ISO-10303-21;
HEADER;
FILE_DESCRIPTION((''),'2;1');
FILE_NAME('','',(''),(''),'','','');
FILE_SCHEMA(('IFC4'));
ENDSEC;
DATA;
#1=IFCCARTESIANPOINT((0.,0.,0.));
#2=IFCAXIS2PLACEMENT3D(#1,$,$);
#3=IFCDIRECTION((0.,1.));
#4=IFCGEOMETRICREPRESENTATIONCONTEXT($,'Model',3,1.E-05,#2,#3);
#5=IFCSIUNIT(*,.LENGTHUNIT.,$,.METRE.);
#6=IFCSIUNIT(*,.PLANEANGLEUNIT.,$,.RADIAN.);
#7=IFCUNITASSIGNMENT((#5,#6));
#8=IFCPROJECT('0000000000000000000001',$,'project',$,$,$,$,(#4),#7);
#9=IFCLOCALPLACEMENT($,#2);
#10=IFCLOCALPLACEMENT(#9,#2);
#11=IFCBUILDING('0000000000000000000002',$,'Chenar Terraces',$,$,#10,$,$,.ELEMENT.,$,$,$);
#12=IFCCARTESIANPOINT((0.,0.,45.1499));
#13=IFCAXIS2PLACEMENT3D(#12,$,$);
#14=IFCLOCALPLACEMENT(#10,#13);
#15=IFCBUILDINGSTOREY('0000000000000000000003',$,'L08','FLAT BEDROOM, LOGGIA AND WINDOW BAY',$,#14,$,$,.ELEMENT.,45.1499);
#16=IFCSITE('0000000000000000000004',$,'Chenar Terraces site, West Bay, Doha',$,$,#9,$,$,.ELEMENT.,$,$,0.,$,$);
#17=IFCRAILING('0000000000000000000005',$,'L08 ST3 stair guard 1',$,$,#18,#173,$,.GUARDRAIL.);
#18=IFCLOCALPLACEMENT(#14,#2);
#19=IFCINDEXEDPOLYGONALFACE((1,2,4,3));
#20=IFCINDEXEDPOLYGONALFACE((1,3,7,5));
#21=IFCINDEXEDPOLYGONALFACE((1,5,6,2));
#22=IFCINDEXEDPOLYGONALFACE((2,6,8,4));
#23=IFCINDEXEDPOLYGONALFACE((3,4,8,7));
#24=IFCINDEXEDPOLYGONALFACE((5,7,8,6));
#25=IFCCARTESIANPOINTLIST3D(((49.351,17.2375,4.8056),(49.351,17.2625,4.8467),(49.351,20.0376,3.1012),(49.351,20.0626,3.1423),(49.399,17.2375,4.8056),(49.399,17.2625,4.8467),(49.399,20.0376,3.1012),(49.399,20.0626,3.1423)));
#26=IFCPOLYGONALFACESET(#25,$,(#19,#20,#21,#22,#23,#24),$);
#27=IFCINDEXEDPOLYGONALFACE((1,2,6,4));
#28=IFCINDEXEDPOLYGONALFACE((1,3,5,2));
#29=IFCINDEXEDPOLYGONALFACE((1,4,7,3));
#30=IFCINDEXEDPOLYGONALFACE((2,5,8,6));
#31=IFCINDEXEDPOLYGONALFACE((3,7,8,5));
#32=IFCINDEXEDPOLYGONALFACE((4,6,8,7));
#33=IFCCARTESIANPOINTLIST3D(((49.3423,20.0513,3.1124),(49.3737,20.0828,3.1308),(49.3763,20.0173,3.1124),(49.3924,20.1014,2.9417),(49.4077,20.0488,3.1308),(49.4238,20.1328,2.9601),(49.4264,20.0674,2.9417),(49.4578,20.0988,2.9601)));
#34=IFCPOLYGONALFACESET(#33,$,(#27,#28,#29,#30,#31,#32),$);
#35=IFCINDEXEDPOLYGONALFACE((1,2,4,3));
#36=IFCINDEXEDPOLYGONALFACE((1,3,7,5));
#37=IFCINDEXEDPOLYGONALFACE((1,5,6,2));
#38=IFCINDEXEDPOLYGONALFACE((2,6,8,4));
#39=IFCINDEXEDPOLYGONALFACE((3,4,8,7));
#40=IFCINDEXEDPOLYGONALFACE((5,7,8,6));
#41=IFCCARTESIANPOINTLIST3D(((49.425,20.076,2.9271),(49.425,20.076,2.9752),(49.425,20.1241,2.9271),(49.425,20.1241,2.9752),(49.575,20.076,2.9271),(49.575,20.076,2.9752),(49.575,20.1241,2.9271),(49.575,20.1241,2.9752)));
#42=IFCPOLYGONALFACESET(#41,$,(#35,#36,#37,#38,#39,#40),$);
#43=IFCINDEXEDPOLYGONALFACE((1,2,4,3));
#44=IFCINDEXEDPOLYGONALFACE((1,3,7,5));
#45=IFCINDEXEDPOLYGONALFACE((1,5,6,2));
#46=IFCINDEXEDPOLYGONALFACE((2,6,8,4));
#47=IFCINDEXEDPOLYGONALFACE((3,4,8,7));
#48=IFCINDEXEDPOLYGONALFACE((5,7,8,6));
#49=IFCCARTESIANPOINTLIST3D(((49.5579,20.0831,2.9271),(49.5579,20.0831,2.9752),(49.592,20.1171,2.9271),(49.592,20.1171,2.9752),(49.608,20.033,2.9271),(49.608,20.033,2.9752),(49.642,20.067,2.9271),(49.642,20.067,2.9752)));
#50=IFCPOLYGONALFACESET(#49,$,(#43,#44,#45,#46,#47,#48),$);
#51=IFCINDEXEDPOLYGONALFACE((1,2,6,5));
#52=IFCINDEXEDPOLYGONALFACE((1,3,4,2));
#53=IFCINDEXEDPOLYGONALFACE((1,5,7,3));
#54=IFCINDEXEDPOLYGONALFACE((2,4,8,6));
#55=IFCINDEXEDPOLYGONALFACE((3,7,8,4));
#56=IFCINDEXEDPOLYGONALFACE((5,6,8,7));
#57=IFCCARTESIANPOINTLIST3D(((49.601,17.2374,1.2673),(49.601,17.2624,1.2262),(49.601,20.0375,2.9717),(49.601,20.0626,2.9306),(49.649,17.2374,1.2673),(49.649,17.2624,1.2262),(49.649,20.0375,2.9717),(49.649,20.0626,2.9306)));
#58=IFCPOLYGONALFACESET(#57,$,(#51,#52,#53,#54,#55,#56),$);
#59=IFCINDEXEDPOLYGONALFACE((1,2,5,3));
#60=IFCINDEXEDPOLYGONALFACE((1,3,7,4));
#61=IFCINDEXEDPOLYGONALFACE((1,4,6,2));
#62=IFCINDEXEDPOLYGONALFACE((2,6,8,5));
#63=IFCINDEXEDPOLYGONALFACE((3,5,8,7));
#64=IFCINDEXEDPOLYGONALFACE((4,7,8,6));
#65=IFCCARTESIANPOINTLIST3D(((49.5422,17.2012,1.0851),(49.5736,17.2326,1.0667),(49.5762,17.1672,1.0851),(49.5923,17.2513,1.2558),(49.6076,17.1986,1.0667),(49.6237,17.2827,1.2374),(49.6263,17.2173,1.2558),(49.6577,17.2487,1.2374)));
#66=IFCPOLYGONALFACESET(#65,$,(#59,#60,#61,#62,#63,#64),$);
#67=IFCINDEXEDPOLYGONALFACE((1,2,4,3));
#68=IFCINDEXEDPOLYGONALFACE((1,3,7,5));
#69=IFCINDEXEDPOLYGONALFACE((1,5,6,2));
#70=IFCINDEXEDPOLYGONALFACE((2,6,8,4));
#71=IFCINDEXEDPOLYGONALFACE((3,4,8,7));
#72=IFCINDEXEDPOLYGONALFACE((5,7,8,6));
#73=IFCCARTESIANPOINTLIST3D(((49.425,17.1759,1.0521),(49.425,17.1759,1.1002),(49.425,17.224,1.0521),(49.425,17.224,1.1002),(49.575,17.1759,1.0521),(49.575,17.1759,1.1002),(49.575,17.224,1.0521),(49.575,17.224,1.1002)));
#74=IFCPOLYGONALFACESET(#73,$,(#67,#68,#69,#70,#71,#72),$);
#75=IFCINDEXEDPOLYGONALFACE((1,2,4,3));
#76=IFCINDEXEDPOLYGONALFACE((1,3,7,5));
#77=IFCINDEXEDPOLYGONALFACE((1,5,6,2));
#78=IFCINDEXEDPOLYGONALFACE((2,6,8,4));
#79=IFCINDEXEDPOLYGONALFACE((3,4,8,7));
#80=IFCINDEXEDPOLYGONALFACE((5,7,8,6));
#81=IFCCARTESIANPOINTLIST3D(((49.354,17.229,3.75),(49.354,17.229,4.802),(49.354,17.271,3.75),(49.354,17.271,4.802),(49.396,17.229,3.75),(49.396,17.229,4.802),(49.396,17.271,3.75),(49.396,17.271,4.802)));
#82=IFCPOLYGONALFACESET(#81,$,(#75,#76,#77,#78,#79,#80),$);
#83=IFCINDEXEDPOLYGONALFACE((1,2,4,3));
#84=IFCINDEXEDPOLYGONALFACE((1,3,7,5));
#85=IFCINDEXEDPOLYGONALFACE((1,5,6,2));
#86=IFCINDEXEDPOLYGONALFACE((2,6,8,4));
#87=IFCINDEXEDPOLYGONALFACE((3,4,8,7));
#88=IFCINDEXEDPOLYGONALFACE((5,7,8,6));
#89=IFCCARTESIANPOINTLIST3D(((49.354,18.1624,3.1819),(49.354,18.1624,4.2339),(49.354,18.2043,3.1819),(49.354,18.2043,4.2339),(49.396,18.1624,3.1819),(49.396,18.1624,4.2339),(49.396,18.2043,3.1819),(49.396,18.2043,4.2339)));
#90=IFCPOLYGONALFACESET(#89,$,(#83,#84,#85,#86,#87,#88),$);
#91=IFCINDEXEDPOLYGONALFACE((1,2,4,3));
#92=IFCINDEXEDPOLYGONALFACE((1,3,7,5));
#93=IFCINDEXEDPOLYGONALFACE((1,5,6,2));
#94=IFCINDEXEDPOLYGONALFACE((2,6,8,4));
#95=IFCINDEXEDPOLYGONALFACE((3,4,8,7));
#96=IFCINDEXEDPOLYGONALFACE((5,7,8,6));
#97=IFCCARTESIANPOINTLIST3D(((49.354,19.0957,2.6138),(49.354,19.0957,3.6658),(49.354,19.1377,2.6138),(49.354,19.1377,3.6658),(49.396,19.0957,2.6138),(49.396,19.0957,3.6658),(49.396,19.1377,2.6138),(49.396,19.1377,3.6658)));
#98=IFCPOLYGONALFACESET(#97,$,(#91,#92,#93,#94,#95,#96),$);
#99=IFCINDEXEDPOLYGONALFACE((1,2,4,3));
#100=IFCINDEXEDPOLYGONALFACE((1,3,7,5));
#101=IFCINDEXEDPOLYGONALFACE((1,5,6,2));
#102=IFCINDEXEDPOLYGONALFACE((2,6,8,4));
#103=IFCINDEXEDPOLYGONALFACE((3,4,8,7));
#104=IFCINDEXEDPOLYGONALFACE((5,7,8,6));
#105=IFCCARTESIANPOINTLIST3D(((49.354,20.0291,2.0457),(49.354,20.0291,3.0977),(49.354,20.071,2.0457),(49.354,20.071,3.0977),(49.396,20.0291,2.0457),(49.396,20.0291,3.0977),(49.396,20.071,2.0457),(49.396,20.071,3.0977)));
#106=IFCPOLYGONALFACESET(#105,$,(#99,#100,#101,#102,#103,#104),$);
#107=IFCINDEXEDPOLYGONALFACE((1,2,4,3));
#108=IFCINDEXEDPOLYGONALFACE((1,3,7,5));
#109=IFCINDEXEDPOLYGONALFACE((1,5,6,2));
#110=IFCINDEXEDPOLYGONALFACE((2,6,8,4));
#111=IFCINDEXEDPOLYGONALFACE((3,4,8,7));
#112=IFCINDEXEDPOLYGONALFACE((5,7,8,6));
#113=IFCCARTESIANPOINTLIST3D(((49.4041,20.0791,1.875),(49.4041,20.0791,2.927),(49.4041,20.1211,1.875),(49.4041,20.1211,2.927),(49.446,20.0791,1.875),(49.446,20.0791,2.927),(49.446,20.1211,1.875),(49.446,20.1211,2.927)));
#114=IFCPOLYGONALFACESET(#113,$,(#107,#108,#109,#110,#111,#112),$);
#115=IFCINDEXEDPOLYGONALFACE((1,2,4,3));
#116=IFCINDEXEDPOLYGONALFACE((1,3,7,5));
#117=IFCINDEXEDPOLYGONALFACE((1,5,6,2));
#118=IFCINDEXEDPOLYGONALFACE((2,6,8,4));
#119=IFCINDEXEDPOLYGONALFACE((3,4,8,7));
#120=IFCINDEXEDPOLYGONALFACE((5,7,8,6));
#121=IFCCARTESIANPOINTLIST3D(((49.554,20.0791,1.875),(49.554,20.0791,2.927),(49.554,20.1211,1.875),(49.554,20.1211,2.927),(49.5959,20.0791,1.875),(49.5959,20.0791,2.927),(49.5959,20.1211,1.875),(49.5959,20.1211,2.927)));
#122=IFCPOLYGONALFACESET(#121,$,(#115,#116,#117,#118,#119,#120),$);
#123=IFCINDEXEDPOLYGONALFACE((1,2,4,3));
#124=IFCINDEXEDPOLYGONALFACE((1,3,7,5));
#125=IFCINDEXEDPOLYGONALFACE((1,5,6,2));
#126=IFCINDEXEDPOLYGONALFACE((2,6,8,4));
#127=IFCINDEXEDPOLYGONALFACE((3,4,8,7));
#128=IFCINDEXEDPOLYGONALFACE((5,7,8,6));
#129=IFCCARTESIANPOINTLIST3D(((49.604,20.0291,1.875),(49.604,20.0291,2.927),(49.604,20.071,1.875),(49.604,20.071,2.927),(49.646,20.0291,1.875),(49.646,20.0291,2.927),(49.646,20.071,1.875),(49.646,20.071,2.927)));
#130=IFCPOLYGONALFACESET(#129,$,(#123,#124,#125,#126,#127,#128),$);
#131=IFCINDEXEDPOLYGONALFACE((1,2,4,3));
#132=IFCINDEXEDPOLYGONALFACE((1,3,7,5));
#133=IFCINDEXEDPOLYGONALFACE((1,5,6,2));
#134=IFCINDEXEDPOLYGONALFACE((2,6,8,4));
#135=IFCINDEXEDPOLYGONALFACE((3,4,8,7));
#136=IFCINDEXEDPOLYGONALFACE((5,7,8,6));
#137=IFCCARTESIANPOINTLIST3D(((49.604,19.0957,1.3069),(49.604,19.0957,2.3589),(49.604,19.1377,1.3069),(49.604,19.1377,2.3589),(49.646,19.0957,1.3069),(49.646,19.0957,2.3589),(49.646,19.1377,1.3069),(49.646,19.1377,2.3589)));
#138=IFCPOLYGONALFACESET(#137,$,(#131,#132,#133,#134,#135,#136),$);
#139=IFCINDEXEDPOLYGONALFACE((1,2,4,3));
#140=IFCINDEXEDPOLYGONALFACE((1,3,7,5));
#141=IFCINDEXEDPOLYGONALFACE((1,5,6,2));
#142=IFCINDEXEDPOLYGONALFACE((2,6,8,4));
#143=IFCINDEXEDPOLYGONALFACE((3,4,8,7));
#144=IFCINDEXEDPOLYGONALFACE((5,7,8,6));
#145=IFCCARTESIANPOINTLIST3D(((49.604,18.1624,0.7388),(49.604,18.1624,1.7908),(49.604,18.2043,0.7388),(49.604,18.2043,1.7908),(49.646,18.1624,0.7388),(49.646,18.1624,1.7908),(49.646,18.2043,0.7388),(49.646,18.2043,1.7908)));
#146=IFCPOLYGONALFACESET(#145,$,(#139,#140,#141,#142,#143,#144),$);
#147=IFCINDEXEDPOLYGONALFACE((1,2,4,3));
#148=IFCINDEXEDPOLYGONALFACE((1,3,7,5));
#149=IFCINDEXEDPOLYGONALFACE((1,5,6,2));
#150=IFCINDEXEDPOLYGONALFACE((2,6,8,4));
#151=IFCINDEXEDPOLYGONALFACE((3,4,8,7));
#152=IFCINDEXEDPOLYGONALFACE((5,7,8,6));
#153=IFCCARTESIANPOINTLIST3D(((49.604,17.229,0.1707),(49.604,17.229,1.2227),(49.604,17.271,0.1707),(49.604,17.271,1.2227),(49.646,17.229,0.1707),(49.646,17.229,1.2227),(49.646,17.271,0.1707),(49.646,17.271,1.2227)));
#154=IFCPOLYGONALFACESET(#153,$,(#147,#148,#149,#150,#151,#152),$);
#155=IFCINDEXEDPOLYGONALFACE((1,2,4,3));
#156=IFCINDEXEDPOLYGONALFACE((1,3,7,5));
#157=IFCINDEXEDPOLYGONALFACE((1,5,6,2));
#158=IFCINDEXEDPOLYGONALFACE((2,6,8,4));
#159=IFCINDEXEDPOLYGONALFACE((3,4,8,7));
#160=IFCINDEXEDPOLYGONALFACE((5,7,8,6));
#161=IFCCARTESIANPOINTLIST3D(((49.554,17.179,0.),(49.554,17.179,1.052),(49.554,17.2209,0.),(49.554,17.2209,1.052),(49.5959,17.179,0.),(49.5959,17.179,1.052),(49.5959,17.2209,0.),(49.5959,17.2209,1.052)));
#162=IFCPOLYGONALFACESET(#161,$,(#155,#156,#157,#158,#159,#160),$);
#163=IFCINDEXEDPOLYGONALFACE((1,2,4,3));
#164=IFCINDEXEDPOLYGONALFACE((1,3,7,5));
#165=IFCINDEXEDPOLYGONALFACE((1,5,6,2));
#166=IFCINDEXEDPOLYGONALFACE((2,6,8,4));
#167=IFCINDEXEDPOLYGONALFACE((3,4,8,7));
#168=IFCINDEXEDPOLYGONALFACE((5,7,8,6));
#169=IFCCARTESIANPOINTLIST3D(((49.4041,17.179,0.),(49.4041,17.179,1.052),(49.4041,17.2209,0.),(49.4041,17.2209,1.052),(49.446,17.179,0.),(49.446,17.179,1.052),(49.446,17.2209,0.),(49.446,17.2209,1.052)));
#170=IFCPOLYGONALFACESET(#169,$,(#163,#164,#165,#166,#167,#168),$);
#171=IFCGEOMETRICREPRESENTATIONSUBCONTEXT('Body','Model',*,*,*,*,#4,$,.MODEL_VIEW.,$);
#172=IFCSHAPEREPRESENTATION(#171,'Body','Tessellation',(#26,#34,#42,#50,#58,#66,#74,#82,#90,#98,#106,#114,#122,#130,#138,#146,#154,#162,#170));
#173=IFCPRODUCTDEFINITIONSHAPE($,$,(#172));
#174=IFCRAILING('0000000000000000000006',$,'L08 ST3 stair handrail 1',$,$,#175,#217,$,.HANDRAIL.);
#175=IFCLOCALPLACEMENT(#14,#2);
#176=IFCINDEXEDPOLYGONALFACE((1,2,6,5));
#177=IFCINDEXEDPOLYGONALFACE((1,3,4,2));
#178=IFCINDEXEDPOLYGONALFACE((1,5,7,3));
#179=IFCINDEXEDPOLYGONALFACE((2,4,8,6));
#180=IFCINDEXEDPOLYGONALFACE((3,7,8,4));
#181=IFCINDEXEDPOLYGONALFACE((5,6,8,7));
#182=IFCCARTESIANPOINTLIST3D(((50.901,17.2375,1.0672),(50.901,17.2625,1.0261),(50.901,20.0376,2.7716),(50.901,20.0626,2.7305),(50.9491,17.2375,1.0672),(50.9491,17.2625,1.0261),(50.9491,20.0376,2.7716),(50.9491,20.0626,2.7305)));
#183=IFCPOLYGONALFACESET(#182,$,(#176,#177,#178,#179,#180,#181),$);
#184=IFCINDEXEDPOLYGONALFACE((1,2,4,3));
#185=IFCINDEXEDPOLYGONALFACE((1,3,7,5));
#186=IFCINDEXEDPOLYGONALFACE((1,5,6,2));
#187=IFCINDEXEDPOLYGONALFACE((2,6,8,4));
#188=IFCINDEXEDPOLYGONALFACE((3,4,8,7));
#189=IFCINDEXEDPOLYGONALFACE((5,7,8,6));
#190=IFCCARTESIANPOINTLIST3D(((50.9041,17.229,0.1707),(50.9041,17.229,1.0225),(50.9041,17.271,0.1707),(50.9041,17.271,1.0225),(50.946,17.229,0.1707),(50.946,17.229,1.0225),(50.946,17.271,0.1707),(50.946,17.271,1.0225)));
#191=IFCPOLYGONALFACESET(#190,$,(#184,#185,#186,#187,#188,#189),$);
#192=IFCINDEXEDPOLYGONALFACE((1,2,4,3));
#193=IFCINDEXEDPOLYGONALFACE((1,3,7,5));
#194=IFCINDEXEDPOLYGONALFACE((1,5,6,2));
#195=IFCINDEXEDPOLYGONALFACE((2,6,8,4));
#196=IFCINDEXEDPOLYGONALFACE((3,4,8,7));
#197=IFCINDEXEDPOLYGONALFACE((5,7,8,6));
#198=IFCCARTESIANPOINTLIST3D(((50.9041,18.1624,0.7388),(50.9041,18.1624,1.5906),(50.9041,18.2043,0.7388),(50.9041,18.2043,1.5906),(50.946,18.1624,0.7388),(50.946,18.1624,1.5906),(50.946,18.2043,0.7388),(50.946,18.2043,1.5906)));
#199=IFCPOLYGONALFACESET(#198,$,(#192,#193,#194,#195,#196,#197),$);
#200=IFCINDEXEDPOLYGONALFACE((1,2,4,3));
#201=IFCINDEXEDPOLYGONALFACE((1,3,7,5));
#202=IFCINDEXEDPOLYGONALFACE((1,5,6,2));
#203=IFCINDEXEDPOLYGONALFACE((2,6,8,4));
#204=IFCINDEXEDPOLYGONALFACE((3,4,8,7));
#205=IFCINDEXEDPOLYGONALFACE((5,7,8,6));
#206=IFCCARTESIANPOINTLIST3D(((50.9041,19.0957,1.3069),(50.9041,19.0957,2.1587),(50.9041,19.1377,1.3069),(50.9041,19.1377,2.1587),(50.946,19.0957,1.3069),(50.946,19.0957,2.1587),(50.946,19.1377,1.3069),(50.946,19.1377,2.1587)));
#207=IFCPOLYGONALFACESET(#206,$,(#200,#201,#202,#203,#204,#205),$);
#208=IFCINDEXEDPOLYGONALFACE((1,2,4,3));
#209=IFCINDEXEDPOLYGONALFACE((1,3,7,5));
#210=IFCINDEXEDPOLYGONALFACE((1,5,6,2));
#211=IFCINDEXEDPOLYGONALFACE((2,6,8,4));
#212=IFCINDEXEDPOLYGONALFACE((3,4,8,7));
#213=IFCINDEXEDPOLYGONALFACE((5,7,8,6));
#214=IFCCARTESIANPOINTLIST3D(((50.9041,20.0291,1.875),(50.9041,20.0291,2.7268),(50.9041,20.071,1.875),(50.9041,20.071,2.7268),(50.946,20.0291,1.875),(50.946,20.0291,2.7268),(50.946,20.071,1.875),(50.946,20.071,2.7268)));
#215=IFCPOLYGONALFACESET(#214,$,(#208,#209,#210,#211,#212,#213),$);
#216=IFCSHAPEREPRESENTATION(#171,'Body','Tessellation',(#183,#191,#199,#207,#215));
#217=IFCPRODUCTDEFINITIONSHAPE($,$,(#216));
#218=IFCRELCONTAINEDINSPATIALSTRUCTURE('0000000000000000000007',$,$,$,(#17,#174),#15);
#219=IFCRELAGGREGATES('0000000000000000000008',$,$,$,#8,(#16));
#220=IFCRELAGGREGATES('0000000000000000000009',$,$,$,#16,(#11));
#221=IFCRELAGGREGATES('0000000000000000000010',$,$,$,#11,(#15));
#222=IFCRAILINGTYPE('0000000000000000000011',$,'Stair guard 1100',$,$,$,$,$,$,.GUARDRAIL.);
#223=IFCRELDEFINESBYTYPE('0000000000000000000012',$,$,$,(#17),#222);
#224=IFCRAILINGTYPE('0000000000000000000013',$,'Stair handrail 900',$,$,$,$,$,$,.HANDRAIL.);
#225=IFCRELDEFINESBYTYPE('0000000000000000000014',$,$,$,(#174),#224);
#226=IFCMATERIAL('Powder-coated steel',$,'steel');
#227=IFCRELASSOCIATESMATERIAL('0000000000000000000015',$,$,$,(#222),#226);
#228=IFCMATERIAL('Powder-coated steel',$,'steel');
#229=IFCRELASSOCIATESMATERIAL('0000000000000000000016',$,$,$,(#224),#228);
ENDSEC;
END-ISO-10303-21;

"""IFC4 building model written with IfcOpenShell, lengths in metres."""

from ifc_helpers import new_model, si_unit, direction, frame, origin, origin_2d, place, context, subcontext, project, spatial, rectangle, extrude, material, type_object, element, save


model = new_model("IFC4")

# Units and contexts
model_context = context("Model", 3, precision=1e-05, world=origin(), true_north=direction((0.0, 1.0)))
body_context = subcontext(model_context, "Body", "Model", "MODEL_VIEW")
ifc_project = project(units=[si_unit("LENGTHUNIT", "METRE"), si_unit("PLANEANGLEUNIT", "RADIAN")], contexts=[model_context])

# Site, building, storey
site_placement = place(None, origin())
site = spatial("IfcSite", under=ifc_project, at=site_placement, Name="Chenar Terraces site, West Bay, Doha", CompositionType="ELEMENT", RefElevation=0.0)
building_placement = place(site_placement, origin())
building = spatial("IfcBuilding", under=site, at=building_placement, Name="Chenar Terraces", CompositionType="ELEMENT")
storey_placement = place(building_placement, frame((0.0, 0.0, 45.1499)))
storey = spatial("IfcBuildingStorey", under=building, at=storey_placement, Name="L08", Description="FLAT BEDROOM, LOGGIA AND WINDOW BAY", CompositionType="ELEMENT", Elevation=45.1499)

# Railings
ifc_material_1 = material(Name="Powder-coated steel", Category="steel")
railing_type_1 = type_object("IfcRailingType", Name="Stair guard 1100", PredefinedType="GUARDRAIL", material=ifc_material_1)
railing_1_placement = place(storey_placement, frame((49.375, 17.25, 3.75)))
element("IfcRailing", 1, at=railing_1_placement, inside=storey, type_object=railing_type_1, Name="L08 ST3 stair guard 1", PredefinedType="GUARDRAIL", context=body_context, shape_type="SweptSolid", body=[
    extrude(rectangle(XDim=0.0481, YDim=0.0481, at=origin_2d()), frame((0.0, 0.0, 1.0762), z_axis=(0.0, 0.854203, -0.51994), x_axis=(-1.0, 0.0, 0.0)), (0.0, 0.0, 1.0), 3.2781),
    extrude(rectangle(XDim=0.0481, YDim=0.0481, at=origin_2d()), frame((0.0, 2.8, -0.6284), z_axis=(0.2709, 0.2709, -0.923703), x_axis=(-0.707107, 0.707107, 0.0)), (0.0, 0.0, 1.0), 0.1848),
    extrude(rectangle(XDim=0.0481, YDim=0.0481, at=origin_2d()), frame((0.05, 2.8501, -0.7988), z_axis=(1.0, 0.0, 0.0), x_axis=(0.0, 1.0, 0.0)), (0.0, 0.0, 1.0), 0.1499),
    extrude(rectangle(XDim=0.0481, YDim=0.0481, at=origin_2d()), frame((0.2, 2.8501, -0.7988), z_axis=(0.707107, -0.707107, 0.0), x_axis=(0.707107, 0.707107, 0.0)), (0.0, 0.0, 1.0), 0.0708),
    extrude(rectangle(XDim=0.0481, YDim=0.0481, at=origin_2d()), frame((0.25, 2.8, -0.7988), z_axis=(0.0, -0.854203, -0.51994), x_axis=(1.0, 0.0, 0.0)), (0.0, 0.0, 1.0), 3.2781),
    extrude(rectangle(XDim=0.0481, YDim=0.0481, at=origin_2d()), frame((0.25, 0.0, -2.5034), z_axis=(-0.2709, -0.2709, -0.923703), x_axis=(0.707107, -0.707107, 0.0)), (0.0, 0.0, 1.0), 0.1848),
    extrude(rectangle(XDim=0.0481, YDim=0.0481, at=origin_2d()), frame((0.2, -0.05, -2.6738), z_axis=(-1.0, 0.0, 0.0), x_axis=(0.0, -1.0, 0.0)), (0.0, 0.0, 1.0), 0.1499),
    extrude(rectangle(XDim=0.042, YDim=0.042, at=origin_2d()), origin(), (0.0, 0.0, 1.0), 1.052),
    extrude(rectangle(XDim=0.042, YDim=0.042, at=origin_2d()), frame((0.0, 0.9333, -0.5681)), (0.0, 0.0, 1.0), 1.052),
    extrude(rectangle(XDim=0.042, YDim=0.042, at=origin_2d()), frame((0.0, 1.8667, -1.1362)), (0.0, 0.0, 1.0), 1.052),
    extrude(rectangle(XDim=0.042, YDim=0.042, at=origin_2d()), frame((0.0, 2.8, -1.7043)), (0.0, 0.0, 1.0), 1.052),
    extrude(rectangle(XDim=0.042, YDim=0.042, at=origin_2d()), frame((0.05, 2.8501, -1.875)), (0.0, 0.0, 1.0), 1.052),
    extrude(rectangle(XDim=0.042, YDim=0.042, at=origin_2d()), frame((0.2, 2.8501, -1.875)), (0.0, 0.0, 1.0), 1.052),
    extrude(rectangle(XDim=0.042, YDim=0.042, at=origin_2d()), frame((0.25, 2.8, -1.875)), (0.0, 0.0, 1.0), 1.052),
    extrude(rectangle(XDim=0.042, YDim=0.042, at=origin_2d()), frame((0.25, 1.8667, -2.4431)), (0.0, 0.0, 1.0), 1.052),
    extrude(rectangle(XDim=0.042, YDim=0.042, at=origin_2d()), frame((0.25, 0.9333, -3.0112)), (0.0, 0.0, 1.0), 1.052),
    extrude(rectangle(XDim=0.042, YDim=0.042, at=origin_2d()), frame((0.25, 0.0, -3.5793)), (0.0, 0.0, 1.0), 1.052),
    extrude(rectangle(XDim=0.042, YDim=0.042, at=origin_2d()), frame((0.2, -0.05, -3.75)), (0.0, 0.0, 1.0), 1.052),
    extrude(rectangle(XDim=0.042, YDim=0.042, at=origin_2d()), frame((0.05, -0.05, -3.75)), (0.0, 0.0, 1.0), 1.052),
])
ifc_material_2 = material(Name="Powder-coated steel", Category="steel")
railing_type_2 = type_object("IfcRailingType", Name="Stair handrail 900", PredefinedType="HANDRAIL", material=ifc_material_2)
railing_2_placement = place(storey_placement, frame((50.925, 17.25, 0.1707)))
element("IfcRailing", 2, at=railing_2_placement, inside=storey, type_object=railing_type_2, Name="L08 ST3 stair handrail 1", PredefinedType="HANDRAIL", context=body_context, shape_type="SweptSolid", body=[
    extrude(rectangle(XDim=0.0481, YDim=0.0481, at=origin_2d()), frame((0.0, 0.0, 0.876), z_axis=(0.0, 0.854203, 0.51994), x_axis=(-1.0, 0.0, 0.0)), (0.0, 0.0, 1.0), 3.2781),
    extrude(rectangle(XDim=0.042, YDim=0.042, at=origin_2d()), origin(), (0.0, 0.0, 1.0), 0.8518),
    extrude(rectangle(XDim=0.042, YDim=0.042, at=origin_2d()), frame((0.0, 0.9333, 0.5681)), (0.0, 0.0, 1.0), 0.8518),
    extrude(rectangle(XDim=0.042, YDim=0.042, at=origin_2d()), frame((0.0, 1.8667, 1.1362)), (0.0, 0.0, 1.0), 0.8518),
    extrude(rectangle(XDim=0.042, YDim=0.042, at=origin_2d()), frame((0.0, 2.8, 1.7043)), (0.0, 0.0, 1.0), 0.8518),
])

save(model, "model.ifc")
